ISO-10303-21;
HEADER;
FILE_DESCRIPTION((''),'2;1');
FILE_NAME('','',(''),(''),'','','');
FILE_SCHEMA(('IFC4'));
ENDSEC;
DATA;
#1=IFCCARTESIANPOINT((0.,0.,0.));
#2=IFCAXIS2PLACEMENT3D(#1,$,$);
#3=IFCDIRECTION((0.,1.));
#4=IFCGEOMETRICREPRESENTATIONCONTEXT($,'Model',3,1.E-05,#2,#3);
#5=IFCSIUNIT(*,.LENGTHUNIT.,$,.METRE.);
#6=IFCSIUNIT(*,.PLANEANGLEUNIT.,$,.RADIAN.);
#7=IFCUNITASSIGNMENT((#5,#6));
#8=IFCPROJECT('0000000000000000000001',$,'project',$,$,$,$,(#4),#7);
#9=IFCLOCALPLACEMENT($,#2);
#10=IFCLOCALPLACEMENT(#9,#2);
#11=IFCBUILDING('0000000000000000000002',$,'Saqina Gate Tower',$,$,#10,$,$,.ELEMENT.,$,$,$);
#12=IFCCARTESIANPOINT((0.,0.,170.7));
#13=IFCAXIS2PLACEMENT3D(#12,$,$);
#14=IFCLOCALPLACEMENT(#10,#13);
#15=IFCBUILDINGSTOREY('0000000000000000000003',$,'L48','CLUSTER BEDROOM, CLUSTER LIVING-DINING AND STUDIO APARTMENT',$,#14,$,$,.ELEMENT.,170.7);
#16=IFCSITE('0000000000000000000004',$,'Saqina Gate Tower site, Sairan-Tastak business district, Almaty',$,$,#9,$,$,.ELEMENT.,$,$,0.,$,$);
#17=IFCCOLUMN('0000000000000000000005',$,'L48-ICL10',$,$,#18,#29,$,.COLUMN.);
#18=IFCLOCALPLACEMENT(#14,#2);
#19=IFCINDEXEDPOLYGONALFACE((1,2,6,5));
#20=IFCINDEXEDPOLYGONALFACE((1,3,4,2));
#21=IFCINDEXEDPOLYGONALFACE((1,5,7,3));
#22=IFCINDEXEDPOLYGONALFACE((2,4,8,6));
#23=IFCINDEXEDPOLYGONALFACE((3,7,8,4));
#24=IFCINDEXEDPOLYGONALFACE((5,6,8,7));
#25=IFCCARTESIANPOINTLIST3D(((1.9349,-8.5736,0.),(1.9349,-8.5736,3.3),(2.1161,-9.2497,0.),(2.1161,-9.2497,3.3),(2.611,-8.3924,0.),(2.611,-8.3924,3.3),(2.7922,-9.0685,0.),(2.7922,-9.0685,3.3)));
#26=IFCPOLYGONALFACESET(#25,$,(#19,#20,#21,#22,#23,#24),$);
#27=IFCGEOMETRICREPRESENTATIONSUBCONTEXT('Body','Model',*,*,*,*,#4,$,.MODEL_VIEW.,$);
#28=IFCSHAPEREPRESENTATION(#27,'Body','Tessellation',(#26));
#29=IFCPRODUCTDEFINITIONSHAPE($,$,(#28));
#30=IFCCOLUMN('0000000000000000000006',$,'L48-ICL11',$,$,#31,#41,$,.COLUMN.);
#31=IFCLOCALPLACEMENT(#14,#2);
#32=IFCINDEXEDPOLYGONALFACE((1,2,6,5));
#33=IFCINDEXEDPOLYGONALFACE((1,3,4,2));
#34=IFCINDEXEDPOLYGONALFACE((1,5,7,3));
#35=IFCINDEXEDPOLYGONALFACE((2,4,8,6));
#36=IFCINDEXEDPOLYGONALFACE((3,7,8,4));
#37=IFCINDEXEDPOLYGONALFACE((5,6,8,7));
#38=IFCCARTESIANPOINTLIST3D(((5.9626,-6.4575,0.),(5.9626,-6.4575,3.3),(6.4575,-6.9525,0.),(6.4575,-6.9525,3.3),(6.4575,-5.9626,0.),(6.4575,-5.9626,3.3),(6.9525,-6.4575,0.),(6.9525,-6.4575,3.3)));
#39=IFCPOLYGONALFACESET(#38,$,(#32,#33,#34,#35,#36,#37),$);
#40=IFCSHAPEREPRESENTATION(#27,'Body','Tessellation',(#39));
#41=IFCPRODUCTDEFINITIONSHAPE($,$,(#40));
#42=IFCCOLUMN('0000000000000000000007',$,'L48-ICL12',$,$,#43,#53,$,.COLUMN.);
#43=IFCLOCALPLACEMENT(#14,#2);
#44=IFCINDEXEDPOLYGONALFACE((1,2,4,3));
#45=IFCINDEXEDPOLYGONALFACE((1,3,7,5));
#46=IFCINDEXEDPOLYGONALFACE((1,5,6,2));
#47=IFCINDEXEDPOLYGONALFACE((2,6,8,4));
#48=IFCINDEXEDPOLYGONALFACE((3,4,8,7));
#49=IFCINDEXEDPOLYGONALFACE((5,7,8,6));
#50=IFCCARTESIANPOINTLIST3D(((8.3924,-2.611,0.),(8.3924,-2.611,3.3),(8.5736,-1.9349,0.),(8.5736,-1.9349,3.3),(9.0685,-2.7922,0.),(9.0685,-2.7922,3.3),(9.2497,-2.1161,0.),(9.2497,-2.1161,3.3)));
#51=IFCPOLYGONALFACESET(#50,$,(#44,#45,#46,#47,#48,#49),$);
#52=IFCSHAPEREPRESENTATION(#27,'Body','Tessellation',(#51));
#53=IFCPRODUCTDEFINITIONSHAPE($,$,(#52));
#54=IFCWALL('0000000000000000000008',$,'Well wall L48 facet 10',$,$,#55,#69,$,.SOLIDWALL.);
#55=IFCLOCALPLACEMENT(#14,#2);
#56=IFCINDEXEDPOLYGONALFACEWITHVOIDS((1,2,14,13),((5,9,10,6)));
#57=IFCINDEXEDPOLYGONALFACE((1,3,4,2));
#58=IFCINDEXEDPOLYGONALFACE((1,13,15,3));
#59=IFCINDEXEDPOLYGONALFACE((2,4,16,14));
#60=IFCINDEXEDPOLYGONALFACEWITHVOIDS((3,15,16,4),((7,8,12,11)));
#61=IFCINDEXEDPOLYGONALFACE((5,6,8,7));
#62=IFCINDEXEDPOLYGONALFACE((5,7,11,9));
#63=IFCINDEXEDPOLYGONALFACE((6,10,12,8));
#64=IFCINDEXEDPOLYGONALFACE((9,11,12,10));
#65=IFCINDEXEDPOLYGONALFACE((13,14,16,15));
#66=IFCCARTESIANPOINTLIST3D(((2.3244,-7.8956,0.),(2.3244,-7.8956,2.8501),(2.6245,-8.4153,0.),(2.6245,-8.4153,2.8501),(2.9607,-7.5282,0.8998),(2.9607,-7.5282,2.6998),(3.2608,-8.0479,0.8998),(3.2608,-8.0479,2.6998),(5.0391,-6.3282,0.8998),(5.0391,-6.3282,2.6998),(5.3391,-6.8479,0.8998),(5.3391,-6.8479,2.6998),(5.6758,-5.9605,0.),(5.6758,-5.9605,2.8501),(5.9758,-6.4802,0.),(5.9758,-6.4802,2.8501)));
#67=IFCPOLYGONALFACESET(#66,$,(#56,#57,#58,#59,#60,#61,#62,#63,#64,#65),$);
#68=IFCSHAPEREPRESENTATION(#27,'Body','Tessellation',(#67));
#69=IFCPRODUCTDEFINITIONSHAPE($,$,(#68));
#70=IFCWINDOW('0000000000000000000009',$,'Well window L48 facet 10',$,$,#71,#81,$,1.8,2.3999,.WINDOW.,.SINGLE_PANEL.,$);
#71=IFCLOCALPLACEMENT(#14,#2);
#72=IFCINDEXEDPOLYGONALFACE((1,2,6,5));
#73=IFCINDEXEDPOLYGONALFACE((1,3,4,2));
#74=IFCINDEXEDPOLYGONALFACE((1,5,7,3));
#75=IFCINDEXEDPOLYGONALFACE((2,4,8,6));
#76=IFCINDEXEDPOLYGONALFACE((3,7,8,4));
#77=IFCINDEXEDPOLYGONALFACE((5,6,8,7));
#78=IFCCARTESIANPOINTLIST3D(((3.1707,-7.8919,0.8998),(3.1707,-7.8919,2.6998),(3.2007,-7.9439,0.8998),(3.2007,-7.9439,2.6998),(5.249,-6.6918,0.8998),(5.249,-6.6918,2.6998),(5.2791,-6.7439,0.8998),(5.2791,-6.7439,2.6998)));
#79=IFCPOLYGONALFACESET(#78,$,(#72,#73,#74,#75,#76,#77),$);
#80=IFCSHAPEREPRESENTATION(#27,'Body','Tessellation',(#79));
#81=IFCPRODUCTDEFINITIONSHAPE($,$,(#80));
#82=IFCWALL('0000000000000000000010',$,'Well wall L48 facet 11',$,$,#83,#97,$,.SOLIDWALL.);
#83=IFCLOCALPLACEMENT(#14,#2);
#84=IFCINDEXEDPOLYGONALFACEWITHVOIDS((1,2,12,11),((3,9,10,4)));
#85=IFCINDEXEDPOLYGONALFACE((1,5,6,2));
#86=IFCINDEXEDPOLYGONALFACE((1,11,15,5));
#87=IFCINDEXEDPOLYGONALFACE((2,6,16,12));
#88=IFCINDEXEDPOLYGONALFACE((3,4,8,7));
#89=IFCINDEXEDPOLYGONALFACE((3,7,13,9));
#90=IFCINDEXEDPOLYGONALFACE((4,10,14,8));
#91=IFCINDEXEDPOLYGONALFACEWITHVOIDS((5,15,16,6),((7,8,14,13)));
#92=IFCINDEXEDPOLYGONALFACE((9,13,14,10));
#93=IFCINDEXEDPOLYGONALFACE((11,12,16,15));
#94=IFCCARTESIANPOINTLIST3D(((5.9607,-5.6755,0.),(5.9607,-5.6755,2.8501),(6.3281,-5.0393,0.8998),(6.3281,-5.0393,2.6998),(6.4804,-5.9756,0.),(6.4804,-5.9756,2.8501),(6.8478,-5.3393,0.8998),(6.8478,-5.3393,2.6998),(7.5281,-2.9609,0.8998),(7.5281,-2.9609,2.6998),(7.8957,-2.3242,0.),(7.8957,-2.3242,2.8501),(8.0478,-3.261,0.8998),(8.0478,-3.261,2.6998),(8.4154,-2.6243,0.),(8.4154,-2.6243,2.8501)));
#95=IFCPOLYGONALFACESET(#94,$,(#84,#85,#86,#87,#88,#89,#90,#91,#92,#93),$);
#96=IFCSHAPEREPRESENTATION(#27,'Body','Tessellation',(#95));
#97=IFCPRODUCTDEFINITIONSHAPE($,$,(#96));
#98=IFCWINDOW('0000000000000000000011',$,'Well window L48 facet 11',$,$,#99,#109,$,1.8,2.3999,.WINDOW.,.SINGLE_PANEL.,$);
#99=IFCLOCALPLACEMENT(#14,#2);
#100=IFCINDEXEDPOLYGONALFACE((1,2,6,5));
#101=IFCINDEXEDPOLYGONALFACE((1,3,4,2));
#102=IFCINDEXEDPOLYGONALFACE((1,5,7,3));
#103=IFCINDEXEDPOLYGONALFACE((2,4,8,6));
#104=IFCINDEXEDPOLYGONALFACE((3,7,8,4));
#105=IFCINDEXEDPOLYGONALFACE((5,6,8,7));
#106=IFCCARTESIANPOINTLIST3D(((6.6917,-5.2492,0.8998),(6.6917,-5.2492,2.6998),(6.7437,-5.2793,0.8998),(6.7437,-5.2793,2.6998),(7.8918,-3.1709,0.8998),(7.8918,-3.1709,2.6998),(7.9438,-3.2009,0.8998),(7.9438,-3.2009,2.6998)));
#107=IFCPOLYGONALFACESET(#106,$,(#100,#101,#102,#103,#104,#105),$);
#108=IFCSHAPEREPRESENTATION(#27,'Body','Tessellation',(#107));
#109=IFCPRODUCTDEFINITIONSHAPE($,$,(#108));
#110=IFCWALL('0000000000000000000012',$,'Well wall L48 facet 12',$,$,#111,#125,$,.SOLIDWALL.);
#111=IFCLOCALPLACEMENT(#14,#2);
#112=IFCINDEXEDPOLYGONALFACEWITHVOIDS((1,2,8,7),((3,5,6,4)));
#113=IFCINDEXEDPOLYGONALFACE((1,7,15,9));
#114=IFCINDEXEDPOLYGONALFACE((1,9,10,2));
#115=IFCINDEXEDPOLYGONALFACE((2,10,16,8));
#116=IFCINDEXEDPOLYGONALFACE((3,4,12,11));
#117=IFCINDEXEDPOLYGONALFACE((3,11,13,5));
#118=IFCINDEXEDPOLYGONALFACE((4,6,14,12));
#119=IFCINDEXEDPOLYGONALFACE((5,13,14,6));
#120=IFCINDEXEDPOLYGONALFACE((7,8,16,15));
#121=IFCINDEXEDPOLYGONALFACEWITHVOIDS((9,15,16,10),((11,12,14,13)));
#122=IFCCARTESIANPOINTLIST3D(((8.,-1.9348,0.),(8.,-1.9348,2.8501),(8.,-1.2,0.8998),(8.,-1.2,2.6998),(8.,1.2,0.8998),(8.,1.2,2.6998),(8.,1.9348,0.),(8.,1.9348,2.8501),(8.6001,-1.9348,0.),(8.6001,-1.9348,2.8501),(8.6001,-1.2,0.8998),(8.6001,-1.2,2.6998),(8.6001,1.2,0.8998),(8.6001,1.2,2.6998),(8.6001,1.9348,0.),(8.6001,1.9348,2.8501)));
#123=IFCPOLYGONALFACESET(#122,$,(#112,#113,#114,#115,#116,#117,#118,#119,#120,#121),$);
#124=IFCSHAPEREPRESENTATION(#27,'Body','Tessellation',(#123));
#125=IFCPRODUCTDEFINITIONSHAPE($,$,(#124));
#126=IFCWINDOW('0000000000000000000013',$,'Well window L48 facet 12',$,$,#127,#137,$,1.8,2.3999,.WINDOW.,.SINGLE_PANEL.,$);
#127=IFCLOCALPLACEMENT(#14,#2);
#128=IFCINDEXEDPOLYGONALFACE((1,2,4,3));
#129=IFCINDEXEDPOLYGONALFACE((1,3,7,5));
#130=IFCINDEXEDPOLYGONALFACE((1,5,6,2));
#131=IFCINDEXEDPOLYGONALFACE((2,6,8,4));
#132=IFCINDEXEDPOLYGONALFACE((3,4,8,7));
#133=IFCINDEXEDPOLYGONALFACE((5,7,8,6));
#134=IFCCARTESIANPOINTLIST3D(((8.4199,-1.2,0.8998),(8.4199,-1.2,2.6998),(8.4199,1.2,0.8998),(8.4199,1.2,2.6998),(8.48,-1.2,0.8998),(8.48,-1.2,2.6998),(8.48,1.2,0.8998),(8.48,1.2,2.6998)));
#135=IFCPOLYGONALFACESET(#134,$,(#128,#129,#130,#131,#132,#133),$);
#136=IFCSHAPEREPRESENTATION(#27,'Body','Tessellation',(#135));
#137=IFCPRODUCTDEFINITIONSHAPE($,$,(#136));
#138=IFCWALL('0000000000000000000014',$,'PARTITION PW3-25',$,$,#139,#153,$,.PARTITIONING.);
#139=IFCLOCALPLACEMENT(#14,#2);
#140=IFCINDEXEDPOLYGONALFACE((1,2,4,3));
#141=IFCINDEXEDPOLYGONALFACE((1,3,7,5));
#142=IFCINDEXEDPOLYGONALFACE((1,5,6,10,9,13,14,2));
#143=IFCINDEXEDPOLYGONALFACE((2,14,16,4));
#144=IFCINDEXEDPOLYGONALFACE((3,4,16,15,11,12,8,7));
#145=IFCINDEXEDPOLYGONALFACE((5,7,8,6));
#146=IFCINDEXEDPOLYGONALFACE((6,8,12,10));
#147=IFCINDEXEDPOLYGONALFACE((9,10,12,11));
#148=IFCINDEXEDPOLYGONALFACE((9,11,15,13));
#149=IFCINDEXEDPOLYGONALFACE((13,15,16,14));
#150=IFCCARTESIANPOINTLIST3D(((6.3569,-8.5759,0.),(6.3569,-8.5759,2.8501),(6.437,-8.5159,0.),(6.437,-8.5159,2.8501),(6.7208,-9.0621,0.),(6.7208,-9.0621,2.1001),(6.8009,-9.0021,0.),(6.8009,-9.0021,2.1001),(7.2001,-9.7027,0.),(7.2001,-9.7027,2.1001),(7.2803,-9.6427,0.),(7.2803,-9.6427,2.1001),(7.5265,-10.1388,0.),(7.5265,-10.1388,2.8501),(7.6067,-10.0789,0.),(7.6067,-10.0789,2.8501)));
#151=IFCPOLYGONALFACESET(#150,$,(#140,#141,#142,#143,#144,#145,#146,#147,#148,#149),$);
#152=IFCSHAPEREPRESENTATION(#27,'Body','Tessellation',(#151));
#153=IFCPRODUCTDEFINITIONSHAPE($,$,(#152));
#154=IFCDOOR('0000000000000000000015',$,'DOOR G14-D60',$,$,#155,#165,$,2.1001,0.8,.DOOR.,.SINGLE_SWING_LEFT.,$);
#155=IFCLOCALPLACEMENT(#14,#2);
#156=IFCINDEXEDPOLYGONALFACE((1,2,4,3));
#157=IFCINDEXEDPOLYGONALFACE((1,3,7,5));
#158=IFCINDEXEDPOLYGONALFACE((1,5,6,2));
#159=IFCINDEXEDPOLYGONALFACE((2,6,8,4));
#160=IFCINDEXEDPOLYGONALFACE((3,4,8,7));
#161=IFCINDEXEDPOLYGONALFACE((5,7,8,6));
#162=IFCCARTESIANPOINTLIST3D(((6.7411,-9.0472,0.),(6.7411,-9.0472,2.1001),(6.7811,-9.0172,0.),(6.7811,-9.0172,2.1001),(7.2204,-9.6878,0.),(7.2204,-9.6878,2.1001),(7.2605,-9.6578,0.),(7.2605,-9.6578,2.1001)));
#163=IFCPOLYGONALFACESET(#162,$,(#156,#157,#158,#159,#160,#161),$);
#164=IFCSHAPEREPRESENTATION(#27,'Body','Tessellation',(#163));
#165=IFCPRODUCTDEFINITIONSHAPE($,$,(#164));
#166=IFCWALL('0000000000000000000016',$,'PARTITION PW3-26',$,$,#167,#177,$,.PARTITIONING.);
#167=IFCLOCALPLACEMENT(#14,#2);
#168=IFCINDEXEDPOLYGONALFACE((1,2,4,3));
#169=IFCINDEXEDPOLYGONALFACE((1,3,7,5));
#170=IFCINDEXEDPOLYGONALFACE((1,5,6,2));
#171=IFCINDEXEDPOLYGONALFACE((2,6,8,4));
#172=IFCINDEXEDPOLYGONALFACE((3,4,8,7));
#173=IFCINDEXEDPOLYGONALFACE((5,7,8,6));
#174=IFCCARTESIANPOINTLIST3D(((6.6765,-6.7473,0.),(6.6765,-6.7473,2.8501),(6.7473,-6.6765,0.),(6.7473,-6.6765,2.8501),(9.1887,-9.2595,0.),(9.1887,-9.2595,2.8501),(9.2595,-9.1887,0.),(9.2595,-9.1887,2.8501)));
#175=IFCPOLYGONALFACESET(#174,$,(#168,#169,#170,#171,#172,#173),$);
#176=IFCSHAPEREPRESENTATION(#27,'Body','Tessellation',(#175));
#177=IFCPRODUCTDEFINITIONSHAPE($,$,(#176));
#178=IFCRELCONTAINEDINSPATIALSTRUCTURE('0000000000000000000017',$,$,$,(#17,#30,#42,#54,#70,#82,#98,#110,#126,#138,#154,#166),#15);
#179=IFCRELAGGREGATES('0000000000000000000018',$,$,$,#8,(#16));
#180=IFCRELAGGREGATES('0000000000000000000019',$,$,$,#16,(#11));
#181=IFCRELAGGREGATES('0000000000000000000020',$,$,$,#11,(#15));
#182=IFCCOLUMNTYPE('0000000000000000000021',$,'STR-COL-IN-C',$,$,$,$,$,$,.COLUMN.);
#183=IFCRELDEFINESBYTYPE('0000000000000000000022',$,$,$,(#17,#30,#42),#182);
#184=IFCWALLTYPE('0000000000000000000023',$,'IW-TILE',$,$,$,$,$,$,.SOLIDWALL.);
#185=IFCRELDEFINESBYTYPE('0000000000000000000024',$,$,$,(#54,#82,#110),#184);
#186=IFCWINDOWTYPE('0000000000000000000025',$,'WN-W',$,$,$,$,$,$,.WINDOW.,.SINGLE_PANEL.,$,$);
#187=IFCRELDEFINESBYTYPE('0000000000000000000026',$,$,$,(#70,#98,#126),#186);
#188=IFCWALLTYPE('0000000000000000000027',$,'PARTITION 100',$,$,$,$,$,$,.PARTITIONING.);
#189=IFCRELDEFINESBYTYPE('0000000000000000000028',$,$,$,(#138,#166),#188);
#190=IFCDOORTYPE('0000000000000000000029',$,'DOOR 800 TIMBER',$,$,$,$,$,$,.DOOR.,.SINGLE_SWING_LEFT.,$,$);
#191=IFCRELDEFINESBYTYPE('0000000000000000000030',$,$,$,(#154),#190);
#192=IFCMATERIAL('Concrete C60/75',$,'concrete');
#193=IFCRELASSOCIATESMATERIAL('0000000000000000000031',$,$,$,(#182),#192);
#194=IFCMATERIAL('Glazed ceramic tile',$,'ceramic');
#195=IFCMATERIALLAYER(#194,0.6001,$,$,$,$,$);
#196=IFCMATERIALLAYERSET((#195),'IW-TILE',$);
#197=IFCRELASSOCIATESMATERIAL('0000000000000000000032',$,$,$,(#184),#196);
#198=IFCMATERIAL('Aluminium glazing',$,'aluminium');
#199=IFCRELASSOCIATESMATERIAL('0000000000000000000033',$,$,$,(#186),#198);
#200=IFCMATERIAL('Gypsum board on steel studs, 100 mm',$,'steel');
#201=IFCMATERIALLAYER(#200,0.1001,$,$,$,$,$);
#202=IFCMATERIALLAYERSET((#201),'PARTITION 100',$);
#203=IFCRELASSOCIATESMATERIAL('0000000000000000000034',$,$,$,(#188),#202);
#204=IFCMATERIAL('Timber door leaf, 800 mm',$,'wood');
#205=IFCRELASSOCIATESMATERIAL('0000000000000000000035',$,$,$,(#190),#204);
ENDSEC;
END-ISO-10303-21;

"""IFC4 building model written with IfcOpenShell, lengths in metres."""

from ifc_helpers import new_model, si_unit, direction, frame, frame_2d, origin, origin_2d, place, context, subcontext, project, spatial, rectangle, extrude, material, layer, layer_set, material_profile, profile_set, type_object, element, fill, save


model = new_model("IFC4")

# Units and contexts
model_context = context("Model", 3, precision=1e-05, world=origin(), true_north=direction((0.0, 1.0)))
body_context = subcontext(model_context, "Body", "Model", "MODEL_VIEW")
ifc_project = project(units=[si_unit("LENGTHUNIT", "METRE"), si_unit("PLANEANGLEUNIT", "RADIAN")], contexts=[model_context])

# Site, building, storey
site_placement = place(None, origin())
site = spatial("IfcSite", under=ifc_project, at=site_placement, Name="Saqina Gate Tower site, Sairan-Tastak business district, Almaty", CompositionType="ELEMENT", RefElevation=0.0)
building_placement = place(site_placement, origin())
building = spatial("IfcBuilding", under=site, at=building_placement, Name="Saqina Gate Tower", CompositionType="ELEMENT")
storey_placement = place(building_placement, frame((0.0, 0.0, 170.7)))
storey = spatial("IfcBuildingStorey", under=building, at=storey_placement, Name="L48", Description="CLUSTER BEDROOM, CLUSTER LIVING-DINING AND STUDIO APARTMENT", CompositionType="ELEMENT", Elevation=170.7)

# Columns
ifc_material_1 = material(Name="Concrete C60/75", Category="concrete")
ifc_material_profile = material_profile(ifc_material_1, rectangle(XDim=0.7, YDim=0.7, at=origin_2d()), Name="RC 700x700")
ifc_profile_set = profile_set([ifc_material_profile], Name="Concrete C60/75")
column_type = type_object("IfcColumnType", Name="STR-COL-IN-C", PredefinedType="COLUMN", material=ifc_profile_set)
for number, where, z_axis, x_axis, name in (
    (1, (2.3635, -8.821, 0.0), (0.0, 0.0, 1.0), (0.258819, -0.965926, 0.0), "L48-ICL10"),
    (2, (6.4575, -6.4575, 0.0), (0.0, 0.0, 1.0), (0.707107, -0.707107, 0.0), "L48-ICL11"),
    (3, (8.821, -2.3635, 0.0), (0.0, 0.0, 1.0), (0.965926, -0.258819, 0.0), "L48-ICL12"),
):
    element("IfcColumn", number, at=place(storey_placement, frame(where, z_axis=z_axis, x_axis=x_axis)), inside=storey, type_object=column_type, Name=name, PredefinedType="COLUMN", context=body_context, shape_type="SweptSolid", body=[
        extrude(rectangle(XDim=0.7, YDim=0.7, at=origin_2d()), origin(), (0.0, 0.0, 1.0), 3.3),
    ])

# Walls, openings, windows
ifc_material_2 = material(Name="Glazed ceramic tile", Category="ceramic")
ifc_layer_1 = layer(ifc_material_2, 0.6001)
ifc_layer_set_1 = layer_set([ifc_layer_1], Name="IW-TILE")
wall_type_1 = type_object("IfcWallType", Name="IW-TILE", PredefinedType="SOLIDWALL", material=ifc_layer_set_1)
wall_1_placement = place(storey_placement, frame((2.4744, -8.1555, 0.0), z_axis=(0.0, 0.0, 1.0), x_axis=(0.866006, 0.500034, 0.0)))
wall_1 = element("IfcWall", 4, at=wall_1_placement, inside=storey, type_object=wall_type_1, Name="Well wall L48 facet 10", PredefinedType="SOLIDWALL", context=body_context, shape_type="SweptSolid", body=[
    extrude(rectangle(XDim=3.8699, YDim=0.6001, at=frame_2d((1.9351, 0.0))), origin(), (0.0, 0.0, 1.0), 2.8501),
])
opening_1_placement = place(wall_1_placement, frame((0.7349, 0.0, 0.8999)))
opening_1 = element("IfcOpeningElement", 5, at=opening_1_placement, cuts=wall_1, PredefinedType="OPENING", context=body_context, shape_type="SweptSolid", body=[
    extrude(rectangle(XDim=2.3999, YDim=1.8, at=frame_2d((1.2, 0.8999))), frame((0.0, 0.312, 0.0), z_axis=(0.0, -1.0, 0.0), x_axis=(1.0, 0.0, 0.0)), (0.0, 0.0, 1.0), 0.624),
])
ifc_material_3 = material(Name="Aluminium glazing", Category="aluminium")
window_type = type_object("IfcWindowType", Name="WN-W", PartitioningType="SINGLE_PANEL", PredefinedType="WINDOW", material=ifc_material_3)
window_1_placement = place(opening_1_placement, origin())
window_1 = element("IfcWindow", 6, at=window_1_placement, inside=storey, type_object=window_type, Name="Well window L48 facet 10", OverallHeight=1.8, OverallWidth=2.3999, PartitioningType="SINGLE_PANEL", PredefinedType="WINDOW", context=body_context, shape_type="SweptSolid", body=[
    extrude(rectangle(XDim=2.3999, YDim=1.8, at=frame_2d((1.2, 0.8999))), frame((0.0, -0.1199, 0.0), z_axis=(0.0, -1.0, 0.0), x_axis=(1.0, 0.0, 0.0)), (0.0, 0.0, 1.0), 0.0601),
])
fill(opening_1, window_1)
wall_2_placement = place(storey_placement, frame((6.2205, -5.8257, 0.0), z_axis=(0.0, 0.0, 1.0), x_axis=(0.500034, 0.866006, 0.0)))
wall_2 = element("IfcWall", 7, at=wall_2_placement, inside=storey, type_object=wall_type_1, Name="Well wall L48 facet 11", PredefinedType="SOLIDWALL", context=body_context, shape_type="SweptSolid", body=[
    extrude(rectangle(XDim=3.8699, YDim=0.6001, at=frame_2d((1.9351, 0.0))), origin(), (0.0, 0.0, 1.0), 2.8501),
])
opening_2_placement = place(wall_2_placement, frame((0.7349, 0.0, 0.8999)))
opening_2 = element("IfcOpeningElement", 8, at=opening_2_placement, cuts=wall_2, PredefinedType="OPENING", context=body_context, shape_type="SweptSolid", body=[
    extrude(rectangle(XDim=2.3999, YDim=1.8, at=frame_2d((1.2, 0.8999))), frame((0.0, 0.312, 0.0), z_axis=(0.0, -1.0, 0.0), x_axis=(1.0, 0.0, 0.0)), (0.0, 0.0, 1.0), 0.624),
])
window_2_placement = place(opening_2_placement, origin())
window_2 = element("IfcWindow", 9, at=window_2_placement, inside=storey, type_object=window_type, Name="Well window L48 facet 11", OverallHeight=1.8, OverallWidth=2.3999, PartitioningType="SINGLE_PANEL", PredefinedType="WINDOW", context=body_context, shape_type="SweptSolid", body=[
    extrude(rectangle(XDim=2.3999, YDim=1.8, at=frame_2d((1.2, 0.8999))), frame((0.0, -0.1199, 0.0), z_axis=(0.0, -1.0, 0.0), x_axis=(1.0, 0.0, 0.0)), (0.0, 0.0, 1.0), 0.0601),
])
fill(opening_2, window_2)
wall_3_placement = place(storey_placement, frame((8.3, -1.9348, 0.0), z_axis=(0.0, 0.0, 1.0), x_axis=(0.0, 1.0, 0.0)))
wall_3 = element("IfcWall", 10, at=wall_3_placement, inside=storey, type_object=wall_type_1, Name="Well wall L48 facet 12", PredefinedType="SOLIDWALL", context=body_context, shape_type="SweptSolid", body=[
    extrude(rectangle(XDim=3.8696, YDim=0.6001, at=frame_2d((1.9348, 0.0))), origin(), (0.0, 0.0, 1.0), 2.8501),
])
opening_3_placement = place(wall_3_placement, frame((0.7349, 0.0, 0.8999)))
opening_3 = element("IfcOpeningElement", 11, at=opening_3_placement, cuts=wall_3, PredefinedType="OPENING", context=body_context, shape_type="SweptSolid", body=[
    extrude(rectangle(XDim=2.3999, YDim=1.8, at=frame_2d((1.2, 0.8999))), frame((0.0, 0.312, 0.0), z_axis=(0.0, -1.0, 0.0), x_axis=(1.0, 0.0, 0.0)), (0.0, 0.0, 1.0), 0.624),
])
window_3_placement = place(opening_3_placement, origin())
window_3 = element("IfcWindow", 12, at=window_3_placement, inside=storey, type_object=window_type, Name="Well window L48 facet 12", OverallHeight=1.8, OverallWidth=2.3999, PartitioningType="SINGLE_PANEL", PredefinedType="WINDOW", context=body_context, shape_type="SweptSolid", body=[
    extrude(rectangle(XDim=2.3999, YDim=1.8, at=frame_2d((1.2, 0.8999))), frame((0.0, -0.1199, 0.0), z_axis=(0.0, -1.0, 0.0), x_axis=(1.0, 0.0, 0.0)), (0.0, 0.0, 1.0), 0.0601),
])
fill(opening_3, window_3)

# Wall, opening, door
ifc_material_4 = material(Name="Gypsum board on steel studs, 100 mm", Category="steel")
ifc_layer_2 = layer(ifc_material_4, 0.1001)
ifc_layer_set_2 = layer_set([ifc_layer_2], Name="PARTITION 100")
wall_type_2 = type_object("IfcWallType", Name="PARTITION 100", PredefinedType="PARTITIONING", material=ifc_layer_set_2)
wall_4_placement = place(storey_placement, frame((6.397, -8.5459, 0.0), z_axis=(0.0, 0.0, 1.0), x_axis=(0.599159, -0.80063, 0.0)))
wall_4 = element("IfcWall", 13, at=wall_4_placement, inside=storey, type_object=wall_type_2, Name="PARTITION PW3-25", PredefinedType="PARTITIONING", context=body_context, shape_type="SweptSolid", body=[
    extrude(rectangle(XDim=1.9521, YDim=0.1001, at=frame_2d((0.9761, 0.0))), origin(), (0.0, 0.0, 1.0), 2.8501),
])
opening_4_placement = place(wall_4_placement, frame((0.6074, 0.0, 0.0)))
opening_4 = element("IfcOpeningElement", 14, at=opening_4_placement, cuts=wall_4, PredefinedType="OPENING", context=body_context, shape_type="SweptSolid", body=[
    extrude(rectangle(XDim=0.8, YDim=2.1001, at=frame_2d((0.3999, 1.05))), frame((0.0, 0.062, 0.0), z_axis=(0.0, -1.0, 0.0), x_axis=(1.0, 0.0, 0.0)), (0.0, 0.0, 1.0), 0.124),
])
ifc_material_5 = material(Name="Timber door leaf, 800 mm", Category="wood")
door_type_1 = type_object("IfcDoorType", Name="DOOR 800 TIMBER", OperationType="SINGLE_SWING_LEFT", PredefinedType="DOOR", material=ifc_material_5)
door_1_placement = place(opening_4_placement, frame((0.8, 0.0, 0.0), z_axis=(0.0, 0.0, 1.0), x_axis=(-1.0, 0.0, 0.0)))
door_1 = element("IfcDoor", 15, at=door_1_placement, inside=storey, type_object=door_type_1, Name="DOOR G14-D60", OperationType="SINGLE_SWING_LEFT", OverallHeight=2.1001, OverallWidth=0.8, PredefinedType="DOOR", context=body_context, shape_type="SweptSolid", body=[
    extrude(rectangle(XDim=0.8, YDim=2.1001, at=frame_2d((0.3999, 1.05))), frame((0.0, 0.0249, 0.0), z_axis=(0.0, -1.0, 0.0), x_axis=(1.0, 0.0, 0.0)), (0.0, 0.0, 1.0), 0.05),
])
fill(opening_4, door_1)

# Wall
wall_5_placement = place(storey_placement, frame((6.7119, -6.7119, 0.0), z_axis=(0.0, 0.0, 1.0), x_axis=(0.707107, -0.707107, 0.0)))
element("IfcWall", 16, at=wall_5_placement, inside=storey, type_object=wall_type_2, Name="PARTITION PW3-26", PredefinedType="PARTITIONING", context=body_context, shape_type="SweptSolid", body=[
    extrude(rectangle(XDim=3.5527, YDim=0.1001, at=frame_2d((1.7764, 0.0))), origin(), (0.0, 0.0, 1.0), 2.8501),
])

save(model, "model.ifc")
